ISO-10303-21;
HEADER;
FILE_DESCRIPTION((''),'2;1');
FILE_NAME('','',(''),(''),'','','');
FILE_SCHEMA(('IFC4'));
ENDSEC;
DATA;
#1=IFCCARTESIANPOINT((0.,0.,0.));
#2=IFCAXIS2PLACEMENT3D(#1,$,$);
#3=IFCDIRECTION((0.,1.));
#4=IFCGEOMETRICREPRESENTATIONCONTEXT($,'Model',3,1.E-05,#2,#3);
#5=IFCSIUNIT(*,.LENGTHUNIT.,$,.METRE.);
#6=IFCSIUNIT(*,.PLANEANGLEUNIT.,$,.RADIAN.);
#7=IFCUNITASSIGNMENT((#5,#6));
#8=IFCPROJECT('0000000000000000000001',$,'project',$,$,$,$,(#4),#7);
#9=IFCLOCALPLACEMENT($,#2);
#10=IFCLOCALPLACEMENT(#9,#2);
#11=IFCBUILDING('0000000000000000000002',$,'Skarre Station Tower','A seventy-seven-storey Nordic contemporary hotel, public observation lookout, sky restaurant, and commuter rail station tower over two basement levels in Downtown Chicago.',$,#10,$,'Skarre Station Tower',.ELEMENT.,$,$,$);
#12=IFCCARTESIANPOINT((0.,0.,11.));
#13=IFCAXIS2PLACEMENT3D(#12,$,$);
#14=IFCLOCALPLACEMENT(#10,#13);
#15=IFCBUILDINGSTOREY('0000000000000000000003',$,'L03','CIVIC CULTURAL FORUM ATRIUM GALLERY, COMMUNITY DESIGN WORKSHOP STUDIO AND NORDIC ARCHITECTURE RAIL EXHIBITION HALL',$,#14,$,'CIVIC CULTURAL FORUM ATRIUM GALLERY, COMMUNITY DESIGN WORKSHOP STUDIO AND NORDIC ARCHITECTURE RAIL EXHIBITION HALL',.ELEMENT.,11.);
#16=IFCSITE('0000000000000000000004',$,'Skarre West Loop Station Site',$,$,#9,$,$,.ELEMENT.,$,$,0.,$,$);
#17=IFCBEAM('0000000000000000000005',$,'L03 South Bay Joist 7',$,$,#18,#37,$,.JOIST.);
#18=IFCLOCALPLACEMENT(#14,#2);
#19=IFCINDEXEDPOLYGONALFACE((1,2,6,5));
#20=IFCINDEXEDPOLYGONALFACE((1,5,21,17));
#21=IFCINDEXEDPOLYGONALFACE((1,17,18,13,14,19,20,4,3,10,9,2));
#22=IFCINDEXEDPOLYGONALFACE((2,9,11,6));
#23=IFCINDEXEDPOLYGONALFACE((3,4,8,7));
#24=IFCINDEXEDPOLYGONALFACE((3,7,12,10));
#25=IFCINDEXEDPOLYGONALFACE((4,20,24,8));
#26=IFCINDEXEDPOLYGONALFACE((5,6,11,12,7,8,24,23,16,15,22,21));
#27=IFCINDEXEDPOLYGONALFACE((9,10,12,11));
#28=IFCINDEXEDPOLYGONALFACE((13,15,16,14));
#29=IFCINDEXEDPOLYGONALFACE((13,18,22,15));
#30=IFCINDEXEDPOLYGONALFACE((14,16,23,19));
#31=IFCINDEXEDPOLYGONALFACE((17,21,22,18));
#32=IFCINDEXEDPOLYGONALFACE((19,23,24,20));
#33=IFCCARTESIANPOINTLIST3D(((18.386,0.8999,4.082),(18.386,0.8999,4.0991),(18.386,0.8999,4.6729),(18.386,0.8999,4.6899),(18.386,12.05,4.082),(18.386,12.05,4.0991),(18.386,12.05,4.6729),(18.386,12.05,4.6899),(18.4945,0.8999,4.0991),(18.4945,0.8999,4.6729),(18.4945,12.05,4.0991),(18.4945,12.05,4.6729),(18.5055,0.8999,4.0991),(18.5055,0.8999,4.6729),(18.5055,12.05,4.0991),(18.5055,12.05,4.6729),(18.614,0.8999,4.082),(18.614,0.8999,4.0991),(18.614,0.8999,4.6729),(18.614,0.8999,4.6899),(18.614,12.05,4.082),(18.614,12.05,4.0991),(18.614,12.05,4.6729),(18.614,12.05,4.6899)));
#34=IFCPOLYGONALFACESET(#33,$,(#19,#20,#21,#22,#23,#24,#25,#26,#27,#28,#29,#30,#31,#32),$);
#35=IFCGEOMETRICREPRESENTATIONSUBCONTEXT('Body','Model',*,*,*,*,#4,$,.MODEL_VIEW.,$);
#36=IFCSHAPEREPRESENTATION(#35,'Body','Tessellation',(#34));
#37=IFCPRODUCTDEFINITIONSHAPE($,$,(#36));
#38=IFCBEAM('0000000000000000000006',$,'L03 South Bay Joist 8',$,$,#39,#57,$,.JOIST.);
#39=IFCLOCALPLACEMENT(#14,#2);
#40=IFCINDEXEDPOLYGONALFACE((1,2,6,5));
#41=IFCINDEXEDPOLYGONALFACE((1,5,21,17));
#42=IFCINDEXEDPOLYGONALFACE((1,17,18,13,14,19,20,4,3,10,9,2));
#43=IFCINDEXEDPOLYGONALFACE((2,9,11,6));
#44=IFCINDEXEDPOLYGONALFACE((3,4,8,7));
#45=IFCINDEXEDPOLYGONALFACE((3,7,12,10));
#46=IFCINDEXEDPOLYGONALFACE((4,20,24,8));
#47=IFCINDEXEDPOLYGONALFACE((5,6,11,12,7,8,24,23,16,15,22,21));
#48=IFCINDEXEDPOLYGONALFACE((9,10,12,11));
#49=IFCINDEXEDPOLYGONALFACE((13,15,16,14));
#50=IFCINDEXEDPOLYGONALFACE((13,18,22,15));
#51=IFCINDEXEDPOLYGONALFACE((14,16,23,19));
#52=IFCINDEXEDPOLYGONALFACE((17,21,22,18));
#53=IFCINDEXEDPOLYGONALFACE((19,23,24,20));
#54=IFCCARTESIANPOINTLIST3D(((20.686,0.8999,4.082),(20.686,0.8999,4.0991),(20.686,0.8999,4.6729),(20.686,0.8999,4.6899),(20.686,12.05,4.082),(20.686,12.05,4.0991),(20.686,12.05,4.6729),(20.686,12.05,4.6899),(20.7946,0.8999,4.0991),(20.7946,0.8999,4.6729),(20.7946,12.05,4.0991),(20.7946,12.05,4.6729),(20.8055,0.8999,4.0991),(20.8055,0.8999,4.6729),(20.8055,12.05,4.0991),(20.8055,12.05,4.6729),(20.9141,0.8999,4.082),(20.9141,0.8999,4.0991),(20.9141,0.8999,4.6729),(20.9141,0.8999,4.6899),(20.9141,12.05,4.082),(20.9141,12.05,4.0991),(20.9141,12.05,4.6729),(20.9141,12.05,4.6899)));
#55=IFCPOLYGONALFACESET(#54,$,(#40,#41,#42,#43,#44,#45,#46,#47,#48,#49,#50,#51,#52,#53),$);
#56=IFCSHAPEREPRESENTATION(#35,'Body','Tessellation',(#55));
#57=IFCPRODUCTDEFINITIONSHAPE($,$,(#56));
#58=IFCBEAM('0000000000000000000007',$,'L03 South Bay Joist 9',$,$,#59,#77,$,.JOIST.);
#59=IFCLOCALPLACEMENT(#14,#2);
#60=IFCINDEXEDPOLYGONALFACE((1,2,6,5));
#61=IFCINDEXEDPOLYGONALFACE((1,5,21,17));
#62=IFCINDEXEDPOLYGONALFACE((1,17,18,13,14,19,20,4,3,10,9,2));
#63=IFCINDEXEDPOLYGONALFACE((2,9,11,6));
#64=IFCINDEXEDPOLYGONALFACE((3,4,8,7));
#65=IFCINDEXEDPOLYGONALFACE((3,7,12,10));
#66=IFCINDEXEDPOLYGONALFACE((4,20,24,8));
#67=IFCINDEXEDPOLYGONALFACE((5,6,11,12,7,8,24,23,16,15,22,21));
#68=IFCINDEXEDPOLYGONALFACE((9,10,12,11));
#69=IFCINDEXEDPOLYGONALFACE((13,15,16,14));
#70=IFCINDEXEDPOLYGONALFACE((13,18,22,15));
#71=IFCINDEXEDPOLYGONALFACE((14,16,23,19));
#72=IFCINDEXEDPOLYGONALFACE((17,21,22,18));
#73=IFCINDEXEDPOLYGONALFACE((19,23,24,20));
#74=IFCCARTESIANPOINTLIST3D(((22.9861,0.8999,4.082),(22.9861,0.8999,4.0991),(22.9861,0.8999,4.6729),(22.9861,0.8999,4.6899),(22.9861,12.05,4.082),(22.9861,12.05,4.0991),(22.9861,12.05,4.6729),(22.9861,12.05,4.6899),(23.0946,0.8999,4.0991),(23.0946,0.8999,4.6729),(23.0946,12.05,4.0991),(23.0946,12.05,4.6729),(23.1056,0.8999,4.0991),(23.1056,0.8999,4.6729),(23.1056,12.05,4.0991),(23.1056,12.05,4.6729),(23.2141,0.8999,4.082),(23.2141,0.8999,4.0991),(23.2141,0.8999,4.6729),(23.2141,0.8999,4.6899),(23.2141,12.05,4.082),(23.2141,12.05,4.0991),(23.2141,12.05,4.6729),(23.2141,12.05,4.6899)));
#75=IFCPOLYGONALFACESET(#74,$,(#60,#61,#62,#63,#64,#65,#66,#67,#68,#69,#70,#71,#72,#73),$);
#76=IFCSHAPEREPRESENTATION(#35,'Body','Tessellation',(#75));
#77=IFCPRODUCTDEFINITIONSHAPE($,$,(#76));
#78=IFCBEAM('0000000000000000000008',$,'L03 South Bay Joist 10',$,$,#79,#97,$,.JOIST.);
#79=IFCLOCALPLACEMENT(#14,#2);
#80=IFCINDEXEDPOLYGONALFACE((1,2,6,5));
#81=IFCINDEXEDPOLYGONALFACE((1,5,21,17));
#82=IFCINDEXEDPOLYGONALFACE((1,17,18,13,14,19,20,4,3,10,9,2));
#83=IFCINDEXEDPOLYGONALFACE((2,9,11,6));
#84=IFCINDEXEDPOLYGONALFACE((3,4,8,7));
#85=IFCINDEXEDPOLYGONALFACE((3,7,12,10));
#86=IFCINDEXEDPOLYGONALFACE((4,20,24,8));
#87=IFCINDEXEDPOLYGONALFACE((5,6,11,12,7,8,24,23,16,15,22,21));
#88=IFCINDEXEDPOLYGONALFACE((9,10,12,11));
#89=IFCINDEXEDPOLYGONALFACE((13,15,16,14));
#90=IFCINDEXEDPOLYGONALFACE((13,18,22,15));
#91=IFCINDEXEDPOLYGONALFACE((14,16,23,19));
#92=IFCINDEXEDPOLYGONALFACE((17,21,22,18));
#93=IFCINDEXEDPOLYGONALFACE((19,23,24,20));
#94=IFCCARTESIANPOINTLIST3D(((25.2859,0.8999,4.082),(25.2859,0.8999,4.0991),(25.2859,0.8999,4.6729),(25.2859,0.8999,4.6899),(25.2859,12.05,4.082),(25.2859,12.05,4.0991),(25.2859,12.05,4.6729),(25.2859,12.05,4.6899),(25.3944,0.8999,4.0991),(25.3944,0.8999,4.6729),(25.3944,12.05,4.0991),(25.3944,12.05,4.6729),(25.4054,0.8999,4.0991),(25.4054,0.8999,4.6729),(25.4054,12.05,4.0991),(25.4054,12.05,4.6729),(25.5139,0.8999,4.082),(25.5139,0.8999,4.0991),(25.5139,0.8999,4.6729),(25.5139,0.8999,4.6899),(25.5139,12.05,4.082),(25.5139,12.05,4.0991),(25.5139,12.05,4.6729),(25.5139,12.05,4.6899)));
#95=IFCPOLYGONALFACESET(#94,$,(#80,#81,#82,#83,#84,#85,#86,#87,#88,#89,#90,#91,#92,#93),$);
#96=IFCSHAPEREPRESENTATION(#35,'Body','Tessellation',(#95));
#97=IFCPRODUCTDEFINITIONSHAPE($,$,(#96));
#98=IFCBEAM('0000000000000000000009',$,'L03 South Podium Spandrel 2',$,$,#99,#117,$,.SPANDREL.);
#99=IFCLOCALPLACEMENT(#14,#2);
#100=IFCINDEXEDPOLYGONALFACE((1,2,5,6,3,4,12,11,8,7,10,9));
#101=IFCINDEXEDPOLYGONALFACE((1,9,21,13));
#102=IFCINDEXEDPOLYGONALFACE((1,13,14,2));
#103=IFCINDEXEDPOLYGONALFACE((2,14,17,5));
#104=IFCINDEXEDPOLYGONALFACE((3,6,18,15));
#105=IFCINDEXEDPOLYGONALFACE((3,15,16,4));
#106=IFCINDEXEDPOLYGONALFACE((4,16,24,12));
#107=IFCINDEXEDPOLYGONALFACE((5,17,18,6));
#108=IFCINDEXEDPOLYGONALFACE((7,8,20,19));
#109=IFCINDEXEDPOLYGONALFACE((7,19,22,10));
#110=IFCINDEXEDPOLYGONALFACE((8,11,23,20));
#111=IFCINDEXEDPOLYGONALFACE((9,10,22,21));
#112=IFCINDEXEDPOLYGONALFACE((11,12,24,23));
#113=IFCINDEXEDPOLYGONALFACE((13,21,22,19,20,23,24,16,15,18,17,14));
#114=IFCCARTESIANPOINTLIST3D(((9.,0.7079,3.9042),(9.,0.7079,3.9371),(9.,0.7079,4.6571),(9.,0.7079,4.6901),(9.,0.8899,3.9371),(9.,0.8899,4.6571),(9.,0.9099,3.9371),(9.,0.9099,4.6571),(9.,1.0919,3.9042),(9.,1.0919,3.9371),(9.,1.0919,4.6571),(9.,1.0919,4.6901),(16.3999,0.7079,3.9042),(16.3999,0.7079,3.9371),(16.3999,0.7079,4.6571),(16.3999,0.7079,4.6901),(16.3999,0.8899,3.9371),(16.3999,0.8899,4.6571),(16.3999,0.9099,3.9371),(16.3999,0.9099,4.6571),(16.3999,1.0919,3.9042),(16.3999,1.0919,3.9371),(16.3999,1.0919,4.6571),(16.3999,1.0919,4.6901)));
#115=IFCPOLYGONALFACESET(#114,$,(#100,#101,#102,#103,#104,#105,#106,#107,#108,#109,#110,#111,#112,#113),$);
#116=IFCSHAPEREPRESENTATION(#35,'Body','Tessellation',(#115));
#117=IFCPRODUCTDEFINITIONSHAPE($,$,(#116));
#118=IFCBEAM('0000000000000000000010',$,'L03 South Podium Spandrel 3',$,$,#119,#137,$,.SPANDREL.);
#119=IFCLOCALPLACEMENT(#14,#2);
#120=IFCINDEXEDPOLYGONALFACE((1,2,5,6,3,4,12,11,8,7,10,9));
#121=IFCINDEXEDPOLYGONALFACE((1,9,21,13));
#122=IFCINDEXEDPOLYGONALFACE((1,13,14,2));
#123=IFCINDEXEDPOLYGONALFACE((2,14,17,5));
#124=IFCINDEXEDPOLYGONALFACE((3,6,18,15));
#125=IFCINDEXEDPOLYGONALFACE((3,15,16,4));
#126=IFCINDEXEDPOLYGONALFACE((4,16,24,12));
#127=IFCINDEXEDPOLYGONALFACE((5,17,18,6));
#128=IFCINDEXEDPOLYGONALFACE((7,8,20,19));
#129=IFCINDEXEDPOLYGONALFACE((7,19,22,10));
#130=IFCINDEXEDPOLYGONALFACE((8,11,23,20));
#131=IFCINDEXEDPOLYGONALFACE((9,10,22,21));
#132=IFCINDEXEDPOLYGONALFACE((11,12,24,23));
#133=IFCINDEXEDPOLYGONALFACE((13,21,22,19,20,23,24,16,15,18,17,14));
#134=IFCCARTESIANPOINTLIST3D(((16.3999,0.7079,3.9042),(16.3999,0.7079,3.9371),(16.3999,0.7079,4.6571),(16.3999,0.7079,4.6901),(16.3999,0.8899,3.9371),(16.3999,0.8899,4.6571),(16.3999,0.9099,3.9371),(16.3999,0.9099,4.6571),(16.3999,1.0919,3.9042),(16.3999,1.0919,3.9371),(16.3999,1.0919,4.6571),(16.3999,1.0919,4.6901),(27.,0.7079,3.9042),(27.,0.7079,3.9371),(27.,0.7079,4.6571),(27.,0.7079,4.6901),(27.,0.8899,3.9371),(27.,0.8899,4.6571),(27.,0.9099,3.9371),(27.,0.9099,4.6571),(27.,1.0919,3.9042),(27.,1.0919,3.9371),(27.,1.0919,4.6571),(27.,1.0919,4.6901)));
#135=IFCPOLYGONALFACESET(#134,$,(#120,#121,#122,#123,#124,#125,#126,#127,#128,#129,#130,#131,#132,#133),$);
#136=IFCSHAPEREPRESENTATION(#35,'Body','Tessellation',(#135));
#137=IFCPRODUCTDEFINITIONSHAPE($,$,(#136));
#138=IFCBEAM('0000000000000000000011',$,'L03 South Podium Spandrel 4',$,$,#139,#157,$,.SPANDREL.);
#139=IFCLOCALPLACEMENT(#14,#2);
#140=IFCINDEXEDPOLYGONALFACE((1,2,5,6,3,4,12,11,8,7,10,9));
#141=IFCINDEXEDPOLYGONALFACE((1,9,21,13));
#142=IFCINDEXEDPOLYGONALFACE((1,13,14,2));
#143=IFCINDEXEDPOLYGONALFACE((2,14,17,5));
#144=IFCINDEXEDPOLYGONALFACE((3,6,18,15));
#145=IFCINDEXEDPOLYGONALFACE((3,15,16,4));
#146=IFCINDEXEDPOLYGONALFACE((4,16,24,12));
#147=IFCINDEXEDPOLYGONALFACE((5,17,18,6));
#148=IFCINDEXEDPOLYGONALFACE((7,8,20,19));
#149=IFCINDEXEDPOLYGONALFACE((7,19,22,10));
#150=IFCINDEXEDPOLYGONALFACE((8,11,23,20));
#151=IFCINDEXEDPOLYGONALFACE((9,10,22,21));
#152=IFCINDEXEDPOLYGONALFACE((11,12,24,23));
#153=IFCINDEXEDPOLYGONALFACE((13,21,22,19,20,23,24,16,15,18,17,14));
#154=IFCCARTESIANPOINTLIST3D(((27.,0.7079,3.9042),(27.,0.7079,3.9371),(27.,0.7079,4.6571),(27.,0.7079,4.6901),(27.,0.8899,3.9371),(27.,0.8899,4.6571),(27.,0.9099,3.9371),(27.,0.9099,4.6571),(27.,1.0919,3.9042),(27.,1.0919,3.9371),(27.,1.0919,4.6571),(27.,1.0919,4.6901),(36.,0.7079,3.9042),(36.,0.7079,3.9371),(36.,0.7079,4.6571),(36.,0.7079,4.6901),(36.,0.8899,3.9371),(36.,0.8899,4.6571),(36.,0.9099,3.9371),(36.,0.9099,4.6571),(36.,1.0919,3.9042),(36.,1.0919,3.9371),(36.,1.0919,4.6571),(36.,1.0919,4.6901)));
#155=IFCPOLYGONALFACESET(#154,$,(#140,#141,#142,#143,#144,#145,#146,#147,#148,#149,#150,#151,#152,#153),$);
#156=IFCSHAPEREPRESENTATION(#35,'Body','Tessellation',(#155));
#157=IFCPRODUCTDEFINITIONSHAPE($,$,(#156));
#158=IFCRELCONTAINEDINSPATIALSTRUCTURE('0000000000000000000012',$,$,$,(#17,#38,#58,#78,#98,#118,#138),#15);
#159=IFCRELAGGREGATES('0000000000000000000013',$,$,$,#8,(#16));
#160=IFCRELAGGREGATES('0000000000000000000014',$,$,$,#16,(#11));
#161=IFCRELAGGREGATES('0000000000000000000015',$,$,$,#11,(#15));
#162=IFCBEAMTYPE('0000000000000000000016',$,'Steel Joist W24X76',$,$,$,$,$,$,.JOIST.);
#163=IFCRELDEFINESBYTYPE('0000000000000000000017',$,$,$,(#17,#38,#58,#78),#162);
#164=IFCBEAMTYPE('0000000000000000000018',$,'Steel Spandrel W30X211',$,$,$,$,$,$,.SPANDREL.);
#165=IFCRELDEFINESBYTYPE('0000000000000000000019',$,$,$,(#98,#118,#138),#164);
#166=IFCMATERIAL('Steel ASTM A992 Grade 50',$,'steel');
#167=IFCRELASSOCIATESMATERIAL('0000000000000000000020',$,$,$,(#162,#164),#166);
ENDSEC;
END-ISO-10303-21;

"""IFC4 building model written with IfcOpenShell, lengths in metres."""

from ifc_helpers import new_model, si_unit, direction, frame, origin, origin_2d, place, context, subcontext, project, spatial, i_section, extrude, material, material_profile, profile_set, type_object, element, save


model = new_model("IFC4")

# Units and contexts
model_context = context("Model", 3, precision=1e-05, world=origin(), true_north=direction((0.0, 1.0)))
body_context = subcontext(model_context, "Body", "Model", "MODEL_VIEW")
ifc_project = project(units=[si_unit("LENGTHUNIT", "METRE"), si_unit("PLANEANGLEUNIT", "RADIAN")], contexts=[model_context])

# Site, building, storey
site_placement = place(None, origin())
site = spatial("IfcSite", under=ifc_project, at=site_placement, Name="Skarre West Loop Station Site", CompositionType="ELEMENT", RefElevation=0.0)
building_placement = place(site_placement, origin())
building = spatial("IfcBuilding", under=site, at=building_placement, Name="Skarre Station Tower", Description="A seventy-seven-storey Nordic contemporary hotel, public observation lookout, sky restaurant, and commuter rail station tower over two basement levels in Downtown Chicago.", LongName="Skarre Station Tower", CompositionType="ELEMENT")
storey_placement = place(building_placement, frame((0.0, 0.0, 11.0)))
storey = spatial("IfcBuildingStorey", under=building, at=storey_placement, Name="L03", Description="CIVIC CULTURAL FORUM ATRIUM GALLERY, COMMUNITY DESIGN WORKSHOP STUDIO AND NORDIC ARCHITECTURE RAIL EXHIBITION HALL", LongName="CIVIC CULTURAL FORUM ATRIUM GALLERY, COMMUNITY DESIGN WORKSHOP STUDIO AND NORDIC ARCHITECTURE RAIL EXHIBITION HALL", CompositionType="ELEMENT", Elevation=11.0)

# Beams
ifc_material_1 = material(Name="Steel ASTM A992 Grade 50", Category="steel")
ifc_material_profile_1 = material_profile(ifc_material_1, i_section(OverallWidth=0.228, OverallDepth=0.6079, WebThickness=0.011, FlangeThickness=0.0171, at=origin_2d()), Name="Steel ASTM A992 Grade 50")
ifc_profile_set_1 = profile_set([ifc_material_profile_1], Name="Steel ASTM A992 Grade 50")
beam_type_1 = type_object("IfcBeamType", Name="Steel Joist W24X76", PredefinedType="JOIST", material=ifc_profile_set_1)
for number, where, z_axis, x_axis, name in (
    (1, (18.5, 0.8999, 4.386), (0.0, 1.0, 0.0), (-1.0, 0.0, 0.0), "L03 South Bay Joist 7"),
    (2, (20.8, 0.8999, 4.386), (0.0, 1.0, 0.0), (-1.0, 0.0, 0.0), "L03 South Bay Joist 8"),
    (3, (23.1001, 0.8999, 4.386), (0.0, 1.0, 0.0), (-1.0, 0.0, 0.0), "L03 South Bay Joist 9"),
    (4, (25.3999, 0.8999, 4.386), (0.0, 1.0, 0.0), (-1.0, 0.0, 0.0), "L03 South Bay Joist 10"),
):
    element("IfcBeam", number, at=place(storey_placement, frame(where, z_axis=z_axis, x_axis=x_axis)), inside=storey, type_object=beam_type_1, Name=name, PredefinedType="JOIST", context=body_context, shape_type="SweptSolid", body=[
        extrude(i_section(OverallWidth=0.228, OverallDepth=0.6079, WebThickness=0.011, FlangeThickness=0.0171, at=origin_2d()), origin(), (0.0, 0.0, 1.0), 11.1501),
    ])
ifc_material_profile_2 = material_profile(ifc_material_1, i_section(OverallWidth=0.384, OverallDepth=0.7859, WebThickness=0.02, FlangeThickness=0.033, at=origin_2d()), Name="Steel ASTM A992 Grade 50")
ifc_profile_set_2 = profile_set([ifc_material_profile_2], Name="Steel ASTM A992 Grade 50")
beam_type_2 = type_object("IfcBeamType", Name="Steel Spandrel W30X211", PredefinedType="SPANDREL", material=ifc_profile_set_2)
beam_1_placement = place(storey_placement, frame((9.0, 0.8999, 4.2971), z_axis=(1.0, 0.0, 0.0), x_axis=(0.0, 1.0, 0.0)))
element("IfcBeam", 5, at=beam_1_placement, inside=storey, type_object=beam_type_2, Name="L03 South Podium Spandrel 2", PredefinedType="SPANDREL", context=body_context, shape_type="SweptSolid", body=[
    extrude(i_section(OverallWidth=0.384, OverallDepth=0.7859, WebThickness=0.02, FlangeThickness=0.033, at=origin_2d()), origin(), (0.0, 0.0, 1.0), 7.3999),
])
beam_2_placement = place(storey_placement, frame((16.3999, 0.8999, 4.2971), z_axis=(1.0, 0.0, 0.0), x_axis=(0.0, 1.0, 0.0)))
element("IfcBeam", 6, at=beam_2_placement, inside=storey, type_object=beam_type_2, Name="L03 South Podium Spandrel 3", PredefinedType="SPANDREL", context=body_context, shape_type="SweptSolid", body=[
    extrude(i_section(OverallWidth=0.384, OverallDepth=0.7859, WebThickness=0.02, FlangeThickness=0.033, at=origin_2d()), origin(), (0.0, 0.0, 1.0), 10.6001),
])
beam_3_placement = place(storey_placement, frame((27.0, 0.8999, 4.2971), z_axis=(1.0, 0.0, 0.0), x_axis=(0.0, 1.0, 0.0)))
element("IfcBeam", 7, at=beam_3_placement, inside=storey, type_object=beam_type_2, Name="L03 South Podium Spandrel 4", PredefinedType="SPANDREL", context=body_context, shape_type="SweptSolid", body=[
    extrude(i_section(OverallWidth=0.384, OverallDepth=0.7859, WebThickness=0.02, FlangeThickness=0.033, at=origin_2d()), origin(), (0.0, 0.0, 1.0), 9.0),
])

save(model, "model.ifc")
